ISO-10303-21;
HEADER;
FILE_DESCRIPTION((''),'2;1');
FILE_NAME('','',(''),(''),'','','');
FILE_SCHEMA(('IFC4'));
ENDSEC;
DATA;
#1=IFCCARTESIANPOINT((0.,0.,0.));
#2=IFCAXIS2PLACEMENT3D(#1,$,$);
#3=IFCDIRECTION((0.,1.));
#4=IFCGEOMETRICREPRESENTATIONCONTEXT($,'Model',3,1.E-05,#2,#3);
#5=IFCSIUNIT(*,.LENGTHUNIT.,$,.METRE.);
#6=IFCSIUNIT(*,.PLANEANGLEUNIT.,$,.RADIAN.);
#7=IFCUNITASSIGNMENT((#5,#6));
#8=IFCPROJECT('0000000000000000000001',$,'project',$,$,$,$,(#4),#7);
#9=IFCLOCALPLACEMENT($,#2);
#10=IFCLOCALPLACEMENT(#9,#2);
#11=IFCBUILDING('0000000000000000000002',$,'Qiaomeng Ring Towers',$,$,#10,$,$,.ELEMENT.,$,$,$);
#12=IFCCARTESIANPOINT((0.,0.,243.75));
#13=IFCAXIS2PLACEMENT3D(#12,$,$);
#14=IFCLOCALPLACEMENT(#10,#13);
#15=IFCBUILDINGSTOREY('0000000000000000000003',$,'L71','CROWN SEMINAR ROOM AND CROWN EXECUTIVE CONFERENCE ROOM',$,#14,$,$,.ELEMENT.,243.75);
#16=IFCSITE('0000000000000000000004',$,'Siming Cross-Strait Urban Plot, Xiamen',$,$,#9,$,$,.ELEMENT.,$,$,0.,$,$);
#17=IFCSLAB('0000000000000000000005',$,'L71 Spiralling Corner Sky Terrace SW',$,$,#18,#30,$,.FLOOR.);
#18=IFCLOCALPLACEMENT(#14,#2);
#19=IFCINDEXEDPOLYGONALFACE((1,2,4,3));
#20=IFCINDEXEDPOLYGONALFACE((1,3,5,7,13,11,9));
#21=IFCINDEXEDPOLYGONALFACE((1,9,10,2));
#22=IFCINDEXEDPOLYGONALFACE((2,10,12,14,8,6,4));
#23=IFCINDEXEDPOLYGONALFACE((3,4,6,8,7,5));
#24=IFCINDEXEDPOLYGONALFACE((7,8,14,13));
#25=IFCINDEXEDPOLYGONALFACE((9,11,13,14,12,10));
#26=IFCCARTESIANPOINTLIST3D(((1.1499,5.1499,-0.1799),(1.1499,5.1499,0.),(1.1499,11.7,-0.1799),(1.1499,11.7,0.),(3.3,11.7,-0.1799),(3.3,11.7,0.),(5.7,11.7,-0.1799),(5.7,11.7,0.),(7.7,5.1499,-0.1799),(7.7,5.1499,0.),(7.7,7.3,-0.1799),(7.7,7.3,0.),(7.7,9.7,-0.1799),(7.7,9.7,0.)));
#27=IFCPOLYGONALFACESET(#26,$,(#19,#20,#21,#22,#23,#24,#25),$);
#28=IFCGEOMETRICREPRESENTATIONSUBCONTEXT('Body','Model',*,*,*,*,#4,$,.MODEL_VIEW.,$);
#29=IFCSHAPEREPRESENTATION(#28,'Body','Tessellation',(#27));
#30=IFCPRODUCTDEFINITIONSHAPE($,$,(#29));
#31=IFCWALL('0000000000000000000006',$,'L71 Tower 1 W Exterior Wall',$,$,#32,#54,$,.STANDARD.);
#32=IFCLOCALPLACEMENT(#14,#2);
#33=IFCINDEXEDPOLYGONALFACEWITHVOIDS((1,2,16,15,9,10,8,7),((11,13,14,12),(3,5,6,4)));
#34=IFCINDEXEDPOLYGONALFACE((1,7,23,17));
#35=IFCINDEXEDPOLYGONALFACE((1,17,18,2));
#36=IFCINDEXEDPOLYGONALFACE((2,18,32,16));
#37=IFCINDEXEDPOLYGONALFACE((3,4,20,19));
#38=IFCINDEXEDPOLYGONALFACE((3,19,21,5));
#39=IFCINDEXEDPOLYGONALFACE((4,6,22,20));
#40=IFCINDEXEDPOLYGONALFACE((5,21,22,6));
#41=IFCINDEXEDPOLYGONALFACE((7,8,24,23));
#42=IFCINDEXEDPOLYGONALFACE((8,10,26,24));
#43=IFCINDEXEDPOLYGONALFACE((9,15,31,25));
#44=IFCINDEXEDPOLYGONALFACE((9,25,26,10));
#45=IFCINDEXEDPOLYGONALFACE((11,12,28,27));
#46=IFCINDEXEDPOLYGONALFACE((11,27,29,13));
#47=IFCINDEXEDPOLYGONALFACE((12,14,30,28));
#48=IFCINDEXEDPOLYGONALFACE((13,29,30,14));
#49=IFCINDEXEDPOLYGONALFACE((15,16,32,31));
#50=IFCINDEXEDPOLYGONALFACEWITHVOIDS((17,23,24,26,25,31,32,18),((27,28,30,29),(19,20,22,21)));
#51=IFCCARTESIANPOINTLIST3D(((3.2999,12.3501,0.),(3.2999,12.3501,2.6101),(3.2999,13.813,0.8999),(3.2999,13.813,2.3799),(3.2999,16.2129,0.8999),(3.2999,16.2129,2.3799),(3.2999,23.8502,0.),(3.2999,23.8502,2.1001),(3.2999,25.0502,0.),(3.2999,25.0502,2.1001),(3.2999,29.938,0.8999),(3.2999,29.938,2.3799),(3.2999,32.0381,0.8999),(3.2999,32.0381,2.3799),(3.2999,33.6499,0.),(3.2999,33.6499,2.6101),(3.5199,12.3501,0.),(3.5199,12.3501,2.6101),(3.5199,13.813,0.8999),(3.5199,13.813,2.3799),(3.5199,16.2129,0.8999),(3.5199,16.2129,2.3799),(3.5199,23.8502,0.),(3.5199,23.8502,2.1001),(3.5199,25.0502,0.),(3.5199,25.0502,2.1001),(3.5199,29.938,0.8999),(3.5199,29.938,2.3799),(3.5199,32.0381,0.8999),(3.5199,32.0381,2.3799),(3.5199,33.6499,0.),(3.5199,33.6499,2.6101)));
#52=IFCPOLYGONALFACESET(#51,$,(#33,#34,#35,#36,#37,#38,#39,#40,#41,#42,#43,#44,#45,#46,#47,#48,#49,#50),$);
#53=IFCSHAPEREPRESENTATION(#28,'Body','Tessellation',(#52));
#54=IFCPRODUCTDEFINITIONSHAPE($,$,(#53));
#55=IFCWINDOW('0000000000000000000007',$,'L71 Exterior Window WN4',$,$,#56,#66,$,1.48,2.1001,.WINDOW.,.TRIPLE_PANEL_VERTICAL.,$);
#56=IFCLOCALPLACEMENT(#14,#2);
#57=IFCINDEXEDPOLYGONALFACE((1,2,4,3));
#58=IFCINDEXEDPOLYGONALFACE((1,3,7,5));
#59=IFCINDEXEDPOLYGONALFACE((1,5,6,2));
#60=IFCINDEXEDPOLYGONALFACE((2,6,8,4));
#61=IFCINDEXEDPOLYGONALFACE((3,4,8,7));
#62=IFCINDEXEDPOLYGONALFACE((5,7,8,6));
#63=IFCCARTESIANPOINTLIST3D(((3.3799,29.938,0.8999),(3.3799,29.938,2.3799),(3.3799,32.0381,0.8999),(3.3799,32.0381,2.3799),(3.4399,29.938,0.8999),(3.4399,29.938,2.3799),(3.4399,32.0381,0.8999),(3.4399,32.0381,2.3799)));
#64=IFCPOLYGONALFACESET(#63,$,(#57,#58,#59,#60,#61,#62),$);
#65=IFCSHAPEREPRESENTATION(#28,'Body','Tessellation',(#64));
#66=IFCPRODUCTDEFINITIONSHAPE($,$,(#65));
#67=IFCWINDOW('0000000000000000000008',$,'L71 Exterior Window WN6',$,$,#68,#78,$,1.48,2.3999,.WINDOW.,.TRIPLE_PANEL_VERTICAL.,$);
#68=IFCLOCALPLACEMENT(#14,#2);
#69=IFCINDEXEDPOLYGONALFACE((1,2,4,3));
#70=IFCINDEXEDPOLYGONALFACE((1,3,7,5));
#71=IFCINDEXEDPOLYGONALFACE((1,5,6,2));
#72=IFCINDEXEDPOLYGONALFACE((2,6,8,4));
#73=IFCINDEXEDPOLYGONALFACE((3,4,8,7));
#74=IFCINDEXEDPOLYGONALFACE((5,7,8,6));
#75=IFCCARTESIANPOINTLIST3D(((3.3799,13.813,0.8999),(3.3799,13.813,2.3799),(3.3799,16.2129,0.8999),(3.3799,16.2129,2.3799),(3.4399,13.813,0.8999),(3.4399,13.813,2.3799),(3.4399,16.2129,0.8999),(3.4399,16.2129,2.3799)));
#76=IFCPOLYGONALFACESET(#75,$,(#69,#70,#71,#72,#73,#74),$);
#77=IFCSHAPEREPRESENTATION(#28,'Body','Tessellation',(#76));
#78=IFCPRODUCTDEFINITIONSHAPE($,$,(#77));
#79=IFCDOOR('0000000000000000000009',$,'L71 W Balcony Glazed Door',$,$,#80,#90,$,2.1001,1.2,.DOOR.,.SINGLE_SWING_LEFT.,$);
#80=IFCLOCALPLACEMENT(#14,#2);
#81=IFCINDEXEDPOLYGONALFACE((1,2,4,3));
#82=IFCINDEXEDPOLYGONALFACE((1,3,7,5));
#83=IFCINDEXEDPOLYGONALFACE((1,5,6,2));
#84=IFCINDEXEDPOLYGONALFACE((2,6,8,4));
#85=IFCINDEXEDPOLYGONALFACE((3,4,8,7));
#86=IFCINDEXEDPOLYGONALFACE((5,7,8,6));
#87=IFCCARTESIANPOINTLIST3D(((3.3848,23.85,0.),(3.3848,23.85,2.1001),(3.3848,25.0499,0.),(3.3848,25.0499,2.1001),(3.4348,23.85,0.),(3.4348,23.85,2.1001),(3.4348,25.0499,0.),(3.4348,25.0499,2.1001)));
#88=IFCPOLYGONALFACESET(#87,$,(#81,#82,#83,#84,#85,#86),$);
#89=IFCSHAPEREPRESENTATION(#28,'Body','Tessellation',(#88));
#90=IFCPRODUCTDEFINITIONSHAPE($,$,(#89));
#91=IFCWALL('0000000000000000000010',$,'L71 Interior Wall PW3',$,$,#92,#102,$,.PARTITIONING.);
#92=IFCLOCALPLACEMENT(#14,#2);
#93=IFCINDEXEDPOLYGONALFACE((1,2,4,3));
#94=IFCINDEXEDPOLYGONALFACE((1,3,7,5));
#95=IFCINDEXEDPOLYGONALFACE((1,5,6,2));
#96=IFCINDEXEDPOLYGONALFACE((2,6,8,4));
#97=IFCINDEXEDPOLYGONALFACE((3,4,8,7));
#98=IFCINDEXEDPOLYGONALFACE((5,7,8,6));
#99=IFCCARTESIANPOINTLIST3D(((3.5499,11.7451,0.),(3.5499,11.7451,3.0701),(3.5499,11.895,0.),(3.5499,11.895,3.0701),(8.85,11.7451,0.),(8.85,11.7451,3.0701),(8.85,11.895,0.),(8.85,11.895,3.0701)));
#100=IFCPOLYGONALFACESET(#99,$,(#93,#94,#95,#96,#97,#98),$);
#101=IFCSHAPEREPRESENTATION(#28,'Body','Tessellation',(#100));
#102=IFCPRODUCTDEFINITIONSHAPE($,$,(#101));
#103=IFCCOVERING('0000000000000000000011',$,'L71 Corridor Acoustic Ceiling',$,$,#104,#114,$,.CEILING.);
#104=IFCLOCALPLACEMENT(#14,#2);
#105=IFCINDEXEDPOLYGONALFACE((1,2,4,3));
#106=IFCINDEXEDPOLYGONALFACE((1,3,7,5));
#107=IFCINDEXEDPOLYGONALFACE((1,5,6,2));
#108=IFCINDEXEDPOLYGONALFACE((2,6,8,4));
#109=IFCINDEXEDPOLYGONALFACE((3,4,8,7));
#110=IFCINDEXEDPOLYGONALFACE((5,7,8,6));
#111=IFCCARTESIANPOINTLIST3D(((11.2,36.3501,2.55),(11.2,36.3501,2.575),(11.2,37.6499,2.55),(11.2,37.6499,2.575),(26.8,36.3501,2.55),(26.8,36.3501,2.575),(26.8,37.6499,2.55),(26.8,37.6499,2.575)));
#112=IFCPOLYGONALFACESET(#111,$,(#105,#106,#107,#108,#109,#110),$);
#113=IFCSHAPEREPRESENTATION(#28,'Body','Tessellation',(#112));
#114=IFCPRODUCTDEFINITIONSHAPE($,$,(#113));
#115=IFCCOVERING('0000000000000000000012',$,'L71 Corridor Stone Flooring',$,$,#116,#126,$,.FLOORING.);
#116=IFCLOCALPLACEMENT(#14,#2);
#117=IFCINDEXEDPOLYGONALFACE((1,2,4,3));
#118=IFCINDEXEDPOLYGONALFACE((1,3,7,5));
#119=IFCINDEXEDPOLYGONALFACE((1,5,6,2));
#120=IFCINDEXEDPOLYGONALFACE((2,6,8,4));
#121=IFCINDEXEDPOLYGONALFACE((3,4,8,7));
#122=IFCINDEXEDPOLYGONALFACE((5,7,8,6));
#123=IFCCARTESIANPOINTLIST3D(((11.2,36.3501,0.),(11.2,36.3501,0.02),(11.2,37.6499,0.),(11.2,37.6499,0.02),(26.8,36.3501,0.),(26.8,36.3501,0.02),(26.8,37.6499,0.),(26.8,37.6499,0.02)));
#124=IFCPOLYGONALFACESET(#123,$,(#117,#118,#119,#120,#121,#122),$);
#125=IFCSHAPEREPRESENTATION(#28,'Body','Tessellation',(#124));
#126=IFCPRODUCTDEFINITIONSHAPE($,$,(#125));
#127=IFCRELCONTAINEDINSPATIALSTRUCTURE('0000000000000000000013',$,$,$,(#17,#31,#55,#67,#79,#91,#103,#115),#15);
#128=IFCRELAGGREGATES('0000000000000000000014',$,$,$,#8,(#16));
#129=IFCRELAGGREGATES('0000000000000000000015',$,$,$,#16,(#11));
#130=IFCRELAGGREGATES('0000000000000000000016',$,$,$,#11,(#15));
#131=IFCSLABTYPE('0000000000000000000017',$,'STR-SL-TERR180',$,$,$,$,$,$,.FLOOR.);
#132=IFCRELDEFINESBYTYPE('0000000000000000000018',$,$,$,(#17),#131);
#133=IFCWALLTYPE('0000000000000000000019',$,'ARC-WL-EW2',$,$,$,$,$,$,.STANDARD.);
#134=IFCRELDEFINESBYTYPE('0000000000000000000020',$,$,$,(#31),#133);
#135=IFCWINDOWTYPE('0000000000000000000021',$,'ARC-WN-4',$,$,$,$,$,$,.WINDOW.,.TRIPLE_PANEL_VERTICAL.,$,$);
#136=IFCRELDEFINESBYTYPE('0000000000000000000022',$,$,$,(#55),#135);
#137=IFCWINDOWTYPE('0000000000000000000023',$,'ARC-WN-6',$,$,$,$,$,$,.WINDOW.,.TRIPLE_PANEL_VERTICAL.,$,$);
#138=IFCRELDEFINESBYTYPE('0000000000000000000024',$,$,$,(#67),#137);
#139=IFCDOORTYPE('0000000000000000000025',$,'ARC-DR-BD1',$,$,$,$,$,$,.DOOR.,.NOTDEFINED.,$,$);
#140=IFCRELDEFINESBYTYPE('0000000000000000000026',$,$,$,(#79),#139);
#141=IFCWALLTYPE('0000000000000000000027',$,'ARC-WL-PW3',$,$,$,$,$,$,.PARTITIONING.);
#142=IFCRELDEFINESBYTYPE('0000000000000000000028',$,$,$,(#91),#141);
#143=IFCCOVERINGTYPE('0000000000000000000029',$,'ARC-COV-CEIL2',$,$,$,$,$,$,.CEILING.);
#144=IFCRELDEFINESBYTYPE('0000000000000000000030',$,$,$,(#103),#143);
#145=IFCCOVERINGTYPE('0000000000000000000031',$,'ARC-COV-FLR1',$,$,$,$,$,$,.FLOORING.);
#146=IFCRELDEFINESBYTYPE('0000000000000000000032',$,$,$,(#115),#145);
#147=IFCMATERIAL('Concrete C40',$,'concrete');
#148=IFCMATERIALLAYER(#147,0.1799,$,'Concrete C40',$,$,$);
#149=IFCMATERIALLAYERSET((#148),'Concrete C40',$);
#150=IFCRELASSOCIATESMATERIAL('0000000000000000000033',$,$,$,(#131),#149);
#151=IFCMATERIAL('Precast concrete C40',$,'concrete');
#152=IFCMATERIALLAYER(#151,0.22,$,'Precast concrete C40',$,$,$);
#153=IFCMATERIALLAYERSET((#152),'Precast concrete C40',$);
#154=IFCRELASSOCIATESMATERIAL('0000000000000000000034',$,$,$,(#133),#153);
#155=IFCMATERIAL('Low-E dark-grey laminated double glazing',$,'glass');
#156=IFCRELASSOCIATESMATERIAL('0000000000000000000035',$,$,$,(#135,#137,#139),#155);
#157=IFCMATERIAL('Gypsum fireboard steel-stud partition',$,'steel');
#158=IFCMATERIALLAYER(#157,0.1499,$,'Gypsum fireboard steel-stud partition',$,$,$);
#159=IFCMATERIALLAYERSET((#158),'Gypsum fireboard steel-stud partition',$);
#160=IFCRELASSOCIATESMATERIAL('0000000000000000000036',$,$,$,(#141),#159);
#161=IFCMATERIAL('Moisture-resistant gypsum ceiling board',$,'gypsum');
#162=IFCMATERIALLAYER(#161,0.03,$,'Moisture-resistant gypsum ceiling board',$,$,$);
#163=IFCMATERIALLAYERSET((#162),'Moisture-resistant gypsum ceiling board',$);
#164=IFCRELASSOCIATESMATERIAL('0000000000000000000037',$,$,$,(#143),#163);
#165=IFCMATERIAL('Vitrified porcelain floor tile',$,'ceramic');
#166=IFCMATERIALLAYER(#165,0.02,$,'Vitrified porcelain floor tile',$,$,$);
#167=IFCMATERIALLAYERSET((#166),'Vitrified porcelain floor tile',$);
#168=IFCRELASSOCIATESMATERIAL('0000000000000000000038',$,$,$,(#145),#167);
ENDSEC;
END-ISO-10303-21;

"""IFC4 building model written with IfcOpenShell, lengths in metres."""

from ifc_helpers import new_model, si_unit, direction, frame, frame_2d, origin, place, context, subcontext, project, spatial, polyline, rectangle, outline, extrude, source, transform, mapped, material, layer, layer_set, type_object, element, fill, save


model = new_model("IFC4")

# Units and contexts
model_context = context("Model", 3, precision=1e-05, world=origin(), true_north=direction((0.0, 1.0)))
body_context = subcontext(model_context, "Body", "Model", "MODEL_VIEW")
ifc_project = project(units=[si_unit("LENGTHUNIT", "METRE"), si_unit("PLANEANGLEUNIT", "RADIAN")], contexts=[model_context])

# Site, building, storey
site_placement = place(None, origin())
site = spatial("IfcSite", under=ifc_project, at=site_placement, Name="Siming Cross-Strait Urban Plot, Xiamen", CompositionType="ELEMENT", RefElevation=0.0)
building_placement = place(site_placement, origin())
building = spatial("IfcBuilding", under=site, at=building_placement, Name="Qiaomeng Ring Towers", CompositionType="ELEMENT")
storey_placement = place(building_placement, frame((0.0, 0.0, 243.75)))
storey = spatial("IfcBuildingStorey", under=building, at=storey_placement, Name="L71", Description="CROWN SEMINAR ROOM AND CROWN EXECUTIVE CONFERENCE ROOM", CompositionType="ELEMENT", Elevation=243.75)

# Shared definitions
ifc_material_1 = material(Name="Concrete C40", Category="concrete")

# Shared definitions
ifc_material_2 = material(Name="Precast concrete C40", Category="concrete")

# Slab
ifc_layer_1 = layer(ifc_material_1, 0.1799, Name="Concrete C40")
ifc_layer_set_1 = layer_set([ifc_layer_1], Name="Concrete C40")
slab_type_1 = type_object("IfcSlabType", Name="STR-SL-TERR180", PredefinedType="FLOOR", material=ifc_layer_set_1)
slab_1_placement = place(storey_placement, frame((0.0, 0.0, -0.1799)))
element("IfcSlab", 1, at=slab_1_placement, inside=storey, type_object=slab_type_1, Name="L71 Spiralling Corner Sky Terrace SW", PredefinedType="FLOOR", context=body_context, shape_type="SweptSolid", body=[
    extrude(outline(polyline([(7.7, 5.1499), (1.1499, 5.1499), (1.1499, 11.7), (3.3, 11.7), (3.3, 11.7), (5.7, 11.7), (7.7, 9.7), (7.7, 7.3), (7.7, 7.3), (7.7, 5.1499)])), origin(), (0.0, 0.0, 1.0), 0.1799),
])

# Wall, openings, windows, door
ifc_layer_2 = layer(ifc_material_2, 0.22, Name="Precast concrete C40")
ifc_layer_set_2 = layer_set([ifc_layer_2], Name="Precast concrete C40")
wall_type_1 = type_object("IfcWallType", Name="ARC-WL-EW2", PredefinedType="STANDARD", material=ifc_layer_set_2)
wall_1_placement = place(storey_placement, frame((3.4099, 12.3501, 0.0), z_axis=(0.0, 0.0, 1.0), x_axis=(0.0, 1.0, 0.0)))
wall_1 = element("IfcWall", 2, at=wall_1_placement, inside=storey, type_object=wall_type_1, Name="L71 Tower 1 W Exterior Wall", PredefinedType="STANDARD", context=body_context, shape_type="SweptSolid", body=[
    extrude(rectangle(XDim=21.2998, YDim=0.22, at=frame_2d((10.6499, 0.0))), origin(), (0.0, 0.0, 1.0), 2.6101),
])
opening_1_placement = place(wall_1_placement, frame((11.5, 0.0, 0.0)))
opening_1 = element("IfcOpeningElement", 3, at=opening_1_placement, cuts=wall_1, PredefinedType="OPENING", context=body_context, shape_type="SweptSolid", body=[
    extrude(rectangle(XDim=1.2, YDim=2.1001, at=frame_2d((0.6001, 1.05))), frame((0.0, 0.1199, 0.0), z_axis=(0.0, -1.0, 0.0), x_axis=(1.0, 0.0, 0.0)), (0.0, 0.0, 1.0), 0.24),
])
opening_2_placement = place(wall_1_placement, frame((1.4629, 0.0, 0.8999)))
opening_2 = element("IfcOpeningElement", 4, at=opening_2_placement, cuts=wall_1, PredefinedType="OPENING", context=body_context, shape_type="SweptSolid", body=[
    extrude(rectangle(XDim=2.3999, YDim=1.48, at=frame_2d((1.2, 0.74))), frame((0.0, 0.1199, 0.0), z_axis=(0.0, -1.0, 0.0), x_axis=(1.0, 0.0, 0.0)), (0.0, 0.0, 1.0), 0.24),
])
opening_3_placement = place(wall_1_placement, frame((17.5879, 0.0, 0.8999)))
opening_3 = element("IfcOpeningElement", 5, at=opening_3_placement, cuts=wall_1, PredefinedType="OPENING", context=body_context, shape_type="SweptSolid", body=[
    extrude(rectangle(XDim=2.1001, YDim=1.48, at=frame_2d((1.05, 0.74))), frame((0.0, 0.1199, 0.0), z_axis=(0.0, -1.0, 0.0), x_axis=(1.0, 0.0, 0.0)), (0.0, 0.0, 1.0), 0.24),
])
ifc_material_3 = material(Name="Low-E dark-grey laminated double glazing", Category="glass")
window_type_1 = type_object("IfcWindowType", Name="ARC-WN-4", PartitioningType="TRIPLE_PANEL_VERTICAL", PredefinedType="WINDOW", material=ifc_material_3)
shared_shape_1 = source(origin(), body_context, "Body", "SweptSolid", [
    extrude(rectangle(XDim=2.1001, YDim=1.48, at=frame_2d((1.05, 0.74))), frame((0.0, 0.03, 0.0), z_axis=(0.0, -1.0, 0.0), x_axis=(1.0, 0.0, 0.0)), (0.0, 0.0, 1.0), 0.0601),
])
window_1_placement = place(opening_3_placement, origin())
window_1 = element("IfcWindow", 6, at=window_1_placement, inside=storey, type_object=window_type_1, Name="L71 Exterior Window WN4", OverallHeight=1.48, OverallWidth=2.1001, PartitioningType="TRIPLE_PANEL_VERTICAL", PredefinedType="WINDOW", context=body_context, shape_type="MappedRepresentation", body=[
    mapped(shared_shape_1, transform((0.0, 0.0, 0.0), x_axis=(1.0, 0.0, 0.0), y_axis=(0.0, 1.0, 0.0), z_axis=(0.0, 0.0, 1.0), scale=1.0)),
])
fill(opening_3, window_1)
window_type_2 = type_object("IfcWindowType", Name="ARC-WN-6", PartitioningType="TRIPLE_PANEL_VERTICAL", PredefinedType="WINDOW", material=ifc_material_3)
shared_shape_2 = source(origin(), body_context, "Body", "SweptSolid", [
    extrude(rectangle(XDim=2.3999, YDim=1.48, at=frame_2d((1.2, 0.74))), frame((0.0, 0.03, 0.0), z_axis=(0.0, -1.0, 0.0), x_axis=(1.0, 0.0, 0.0)), (0.0, 0.0, 1.0), 0.0601),
])
window_2_placement = place(opening_2_placement, origin())
window_2 = element("IfcWindow", 7, at=window_2_placement, inside=storey, type_object=window_type_2, Name="L71 Exterior Window WN6", OverallHeight=1.48, OverallWidth=2.3999, PartitioningType="TRIPLE_PANEL_VERTICAL", PredefinedType="WINDOW", context=body_context, shape_type="MappedRepresentation", body=[
    mapped(shared_shape_2, transform((0.0, 0.0, 0.0), x_axis=(1.0, 0.0, 0.0), y_axis=(0.0, 1.0, 0.0), z_axis=(0.0, 0.0, 1.0), scale=1.0)),
])
fill(opening_2, window_2)
door_type = type_object("IfcDoorType", Name="ARC-DR-BD1", OperationType="NOTDEFINED", PredefinedType="DOOR", material=ifc_material_3)
shared_shape_3 = source(origin(), body_context, "Body", "SweptSolid", [
    extrude(rectangle(XDim=1.2, YDim=2.1001, at=frame_2d((0.6001, 1.05))), frame((0.0, 0.0249, 0.0), z_axis=(0.0, -1.0, 0.0), x_axis=(1.0, 0.0, 0.0)), (0.0, 0.0, 1.0), 0.05),
])
door_placement = place(opening_1_placement, frame((1.2, 0.0, 0.0), z_axis=(0.0, 0.0, 1.0), x_axis=(-1.0, 0.0, 0.0)))
door = element("IfcDoor", 8, at=door_placement, inside=storey, type_object=door_type, Name="L71 W Balcony Glazed Door", OperationType="SINGLE_SWING_LEFT", OverallHeight=2.1001, OverallWidth=1.2, PredefinedType="DOOR", context=body_context, shape_type="MappedRepresentation", body=[
    mapped(shared_shape_3, transform((0.0, 0.0, 0.0), x_axis=(1.0, 0.0, 0.0), y_axis=(0.0, 1.0, 0.0), z_axis=(0.0, 0.0, 1.0), scale=1.0)),
])
fill(opening_1, door)

# Wall
ifc_material_4 = material(Name="Gypsum fireboard steel-stud partition", Category="steel")
ifc_layer_3 = layer(ifc_material_4, 0.1499, Name="Gypsum fireboard steel-stud partition")
ifc_layer_set_3 = layer_set([ifc_layer_3], Name="Gypsum fireboard steel-stud partition")
wall_type_2 = type_object("IfcWallType", Name="ARC-WL-PW3", PredefinedType="PARTITIONING", material=ifc_layer_set_3)
wall_2_placement = place(storey_placement, frame((3.55, 11.8201, 0.0), z_axis=(0.0, 0.0, 1.0), x_axis=(1.0, 0.0, 0.0)))
element("IfcWall", 9, at=wall_2_placement, inside=storey, type_object=wall_type_2, Name="L71 Interior Wall PW3", PredefinedType="PARTITIONING", context=body_context, shape_type="SweptSolid", body=[
    extrude(rectangle(XDim=5.3, YDim=0.1499, at=frame_2d((2.6499, 0.0))), origin(), (0.0, 0.0, 1.0), 3.0701),
])

# Coverings
ifc_material_5 = material(Name="Moisture-resistant gypsum ceiling board", Category="gypsum")
ifc_layer_4 = layer(ifc_material_5, 0.03, Name="Moisture-resistant gypsum ceiling board")
ifc_layer_set_4 = layer_set([ifc_layer_4], Name="Moisture-resistant gypsum ceiling board")
covering_type_1 = type_object("IfcCoveringType", Name="ARC-COV-CEIL2", PredefinedType="CEILING", material=ifc_layer_set_4)
covering_1_placement = place(storey_placement, frame((0.0, 0.0, 2.55)))
element("IfcCovering", 10, at=covering_1_placement, inside=storey, type_object=covering_type_1, Name="L71 Corridor Acoustic Ceiling", PredefinedType="CEILING", context=body_context, shape_type="SweptSolid", body=[
    extrude(outline(polyline([(11.2, 36.3501), (11.2, 37.6499), (26.8, 37.6499), (26.8, 36.3501), (11.2, 36.3501)])), origin(), (0.0, 0.0, 1.0), 0.0249),
])
ifc_material_6 = material(Name="Vitrified porcelain floor tile", Category="ceramic")
ifc_layer_5 = layer(ifc_material_6, 0.02, Name="Vitrified porcelain floor tile")
ifc_layer_set_5 = layer_set([ifc_layer_5], Name="Vitrified porcelain floor tile")
covering_type_2 = type_object("IfcCoveringType", Name="ARC-COV-FLR1", PredefinedType="FLOORING", material=ifc_layer_set_5)
covering_2_placement = place(storey_placement, origin())
element("IfcCovering", 11, at=covering_2_placement, inside=storey, type_object=covering_type_2, Name="L71 Corridor Stone Flooring", PredefinedType="FLOORING", context=body_context, shape_type="SweptSolid", body=[
    extrude(outline(polyline([(11.2, 36.3501), (11.2, 37.6499), (26.8, 37.6499), (26.8, 36.3501), (11.2, 36.3501)])), origin(), (0.0, 0.0, 1.0), 0.02),
])

save(model, "model.ifc")
